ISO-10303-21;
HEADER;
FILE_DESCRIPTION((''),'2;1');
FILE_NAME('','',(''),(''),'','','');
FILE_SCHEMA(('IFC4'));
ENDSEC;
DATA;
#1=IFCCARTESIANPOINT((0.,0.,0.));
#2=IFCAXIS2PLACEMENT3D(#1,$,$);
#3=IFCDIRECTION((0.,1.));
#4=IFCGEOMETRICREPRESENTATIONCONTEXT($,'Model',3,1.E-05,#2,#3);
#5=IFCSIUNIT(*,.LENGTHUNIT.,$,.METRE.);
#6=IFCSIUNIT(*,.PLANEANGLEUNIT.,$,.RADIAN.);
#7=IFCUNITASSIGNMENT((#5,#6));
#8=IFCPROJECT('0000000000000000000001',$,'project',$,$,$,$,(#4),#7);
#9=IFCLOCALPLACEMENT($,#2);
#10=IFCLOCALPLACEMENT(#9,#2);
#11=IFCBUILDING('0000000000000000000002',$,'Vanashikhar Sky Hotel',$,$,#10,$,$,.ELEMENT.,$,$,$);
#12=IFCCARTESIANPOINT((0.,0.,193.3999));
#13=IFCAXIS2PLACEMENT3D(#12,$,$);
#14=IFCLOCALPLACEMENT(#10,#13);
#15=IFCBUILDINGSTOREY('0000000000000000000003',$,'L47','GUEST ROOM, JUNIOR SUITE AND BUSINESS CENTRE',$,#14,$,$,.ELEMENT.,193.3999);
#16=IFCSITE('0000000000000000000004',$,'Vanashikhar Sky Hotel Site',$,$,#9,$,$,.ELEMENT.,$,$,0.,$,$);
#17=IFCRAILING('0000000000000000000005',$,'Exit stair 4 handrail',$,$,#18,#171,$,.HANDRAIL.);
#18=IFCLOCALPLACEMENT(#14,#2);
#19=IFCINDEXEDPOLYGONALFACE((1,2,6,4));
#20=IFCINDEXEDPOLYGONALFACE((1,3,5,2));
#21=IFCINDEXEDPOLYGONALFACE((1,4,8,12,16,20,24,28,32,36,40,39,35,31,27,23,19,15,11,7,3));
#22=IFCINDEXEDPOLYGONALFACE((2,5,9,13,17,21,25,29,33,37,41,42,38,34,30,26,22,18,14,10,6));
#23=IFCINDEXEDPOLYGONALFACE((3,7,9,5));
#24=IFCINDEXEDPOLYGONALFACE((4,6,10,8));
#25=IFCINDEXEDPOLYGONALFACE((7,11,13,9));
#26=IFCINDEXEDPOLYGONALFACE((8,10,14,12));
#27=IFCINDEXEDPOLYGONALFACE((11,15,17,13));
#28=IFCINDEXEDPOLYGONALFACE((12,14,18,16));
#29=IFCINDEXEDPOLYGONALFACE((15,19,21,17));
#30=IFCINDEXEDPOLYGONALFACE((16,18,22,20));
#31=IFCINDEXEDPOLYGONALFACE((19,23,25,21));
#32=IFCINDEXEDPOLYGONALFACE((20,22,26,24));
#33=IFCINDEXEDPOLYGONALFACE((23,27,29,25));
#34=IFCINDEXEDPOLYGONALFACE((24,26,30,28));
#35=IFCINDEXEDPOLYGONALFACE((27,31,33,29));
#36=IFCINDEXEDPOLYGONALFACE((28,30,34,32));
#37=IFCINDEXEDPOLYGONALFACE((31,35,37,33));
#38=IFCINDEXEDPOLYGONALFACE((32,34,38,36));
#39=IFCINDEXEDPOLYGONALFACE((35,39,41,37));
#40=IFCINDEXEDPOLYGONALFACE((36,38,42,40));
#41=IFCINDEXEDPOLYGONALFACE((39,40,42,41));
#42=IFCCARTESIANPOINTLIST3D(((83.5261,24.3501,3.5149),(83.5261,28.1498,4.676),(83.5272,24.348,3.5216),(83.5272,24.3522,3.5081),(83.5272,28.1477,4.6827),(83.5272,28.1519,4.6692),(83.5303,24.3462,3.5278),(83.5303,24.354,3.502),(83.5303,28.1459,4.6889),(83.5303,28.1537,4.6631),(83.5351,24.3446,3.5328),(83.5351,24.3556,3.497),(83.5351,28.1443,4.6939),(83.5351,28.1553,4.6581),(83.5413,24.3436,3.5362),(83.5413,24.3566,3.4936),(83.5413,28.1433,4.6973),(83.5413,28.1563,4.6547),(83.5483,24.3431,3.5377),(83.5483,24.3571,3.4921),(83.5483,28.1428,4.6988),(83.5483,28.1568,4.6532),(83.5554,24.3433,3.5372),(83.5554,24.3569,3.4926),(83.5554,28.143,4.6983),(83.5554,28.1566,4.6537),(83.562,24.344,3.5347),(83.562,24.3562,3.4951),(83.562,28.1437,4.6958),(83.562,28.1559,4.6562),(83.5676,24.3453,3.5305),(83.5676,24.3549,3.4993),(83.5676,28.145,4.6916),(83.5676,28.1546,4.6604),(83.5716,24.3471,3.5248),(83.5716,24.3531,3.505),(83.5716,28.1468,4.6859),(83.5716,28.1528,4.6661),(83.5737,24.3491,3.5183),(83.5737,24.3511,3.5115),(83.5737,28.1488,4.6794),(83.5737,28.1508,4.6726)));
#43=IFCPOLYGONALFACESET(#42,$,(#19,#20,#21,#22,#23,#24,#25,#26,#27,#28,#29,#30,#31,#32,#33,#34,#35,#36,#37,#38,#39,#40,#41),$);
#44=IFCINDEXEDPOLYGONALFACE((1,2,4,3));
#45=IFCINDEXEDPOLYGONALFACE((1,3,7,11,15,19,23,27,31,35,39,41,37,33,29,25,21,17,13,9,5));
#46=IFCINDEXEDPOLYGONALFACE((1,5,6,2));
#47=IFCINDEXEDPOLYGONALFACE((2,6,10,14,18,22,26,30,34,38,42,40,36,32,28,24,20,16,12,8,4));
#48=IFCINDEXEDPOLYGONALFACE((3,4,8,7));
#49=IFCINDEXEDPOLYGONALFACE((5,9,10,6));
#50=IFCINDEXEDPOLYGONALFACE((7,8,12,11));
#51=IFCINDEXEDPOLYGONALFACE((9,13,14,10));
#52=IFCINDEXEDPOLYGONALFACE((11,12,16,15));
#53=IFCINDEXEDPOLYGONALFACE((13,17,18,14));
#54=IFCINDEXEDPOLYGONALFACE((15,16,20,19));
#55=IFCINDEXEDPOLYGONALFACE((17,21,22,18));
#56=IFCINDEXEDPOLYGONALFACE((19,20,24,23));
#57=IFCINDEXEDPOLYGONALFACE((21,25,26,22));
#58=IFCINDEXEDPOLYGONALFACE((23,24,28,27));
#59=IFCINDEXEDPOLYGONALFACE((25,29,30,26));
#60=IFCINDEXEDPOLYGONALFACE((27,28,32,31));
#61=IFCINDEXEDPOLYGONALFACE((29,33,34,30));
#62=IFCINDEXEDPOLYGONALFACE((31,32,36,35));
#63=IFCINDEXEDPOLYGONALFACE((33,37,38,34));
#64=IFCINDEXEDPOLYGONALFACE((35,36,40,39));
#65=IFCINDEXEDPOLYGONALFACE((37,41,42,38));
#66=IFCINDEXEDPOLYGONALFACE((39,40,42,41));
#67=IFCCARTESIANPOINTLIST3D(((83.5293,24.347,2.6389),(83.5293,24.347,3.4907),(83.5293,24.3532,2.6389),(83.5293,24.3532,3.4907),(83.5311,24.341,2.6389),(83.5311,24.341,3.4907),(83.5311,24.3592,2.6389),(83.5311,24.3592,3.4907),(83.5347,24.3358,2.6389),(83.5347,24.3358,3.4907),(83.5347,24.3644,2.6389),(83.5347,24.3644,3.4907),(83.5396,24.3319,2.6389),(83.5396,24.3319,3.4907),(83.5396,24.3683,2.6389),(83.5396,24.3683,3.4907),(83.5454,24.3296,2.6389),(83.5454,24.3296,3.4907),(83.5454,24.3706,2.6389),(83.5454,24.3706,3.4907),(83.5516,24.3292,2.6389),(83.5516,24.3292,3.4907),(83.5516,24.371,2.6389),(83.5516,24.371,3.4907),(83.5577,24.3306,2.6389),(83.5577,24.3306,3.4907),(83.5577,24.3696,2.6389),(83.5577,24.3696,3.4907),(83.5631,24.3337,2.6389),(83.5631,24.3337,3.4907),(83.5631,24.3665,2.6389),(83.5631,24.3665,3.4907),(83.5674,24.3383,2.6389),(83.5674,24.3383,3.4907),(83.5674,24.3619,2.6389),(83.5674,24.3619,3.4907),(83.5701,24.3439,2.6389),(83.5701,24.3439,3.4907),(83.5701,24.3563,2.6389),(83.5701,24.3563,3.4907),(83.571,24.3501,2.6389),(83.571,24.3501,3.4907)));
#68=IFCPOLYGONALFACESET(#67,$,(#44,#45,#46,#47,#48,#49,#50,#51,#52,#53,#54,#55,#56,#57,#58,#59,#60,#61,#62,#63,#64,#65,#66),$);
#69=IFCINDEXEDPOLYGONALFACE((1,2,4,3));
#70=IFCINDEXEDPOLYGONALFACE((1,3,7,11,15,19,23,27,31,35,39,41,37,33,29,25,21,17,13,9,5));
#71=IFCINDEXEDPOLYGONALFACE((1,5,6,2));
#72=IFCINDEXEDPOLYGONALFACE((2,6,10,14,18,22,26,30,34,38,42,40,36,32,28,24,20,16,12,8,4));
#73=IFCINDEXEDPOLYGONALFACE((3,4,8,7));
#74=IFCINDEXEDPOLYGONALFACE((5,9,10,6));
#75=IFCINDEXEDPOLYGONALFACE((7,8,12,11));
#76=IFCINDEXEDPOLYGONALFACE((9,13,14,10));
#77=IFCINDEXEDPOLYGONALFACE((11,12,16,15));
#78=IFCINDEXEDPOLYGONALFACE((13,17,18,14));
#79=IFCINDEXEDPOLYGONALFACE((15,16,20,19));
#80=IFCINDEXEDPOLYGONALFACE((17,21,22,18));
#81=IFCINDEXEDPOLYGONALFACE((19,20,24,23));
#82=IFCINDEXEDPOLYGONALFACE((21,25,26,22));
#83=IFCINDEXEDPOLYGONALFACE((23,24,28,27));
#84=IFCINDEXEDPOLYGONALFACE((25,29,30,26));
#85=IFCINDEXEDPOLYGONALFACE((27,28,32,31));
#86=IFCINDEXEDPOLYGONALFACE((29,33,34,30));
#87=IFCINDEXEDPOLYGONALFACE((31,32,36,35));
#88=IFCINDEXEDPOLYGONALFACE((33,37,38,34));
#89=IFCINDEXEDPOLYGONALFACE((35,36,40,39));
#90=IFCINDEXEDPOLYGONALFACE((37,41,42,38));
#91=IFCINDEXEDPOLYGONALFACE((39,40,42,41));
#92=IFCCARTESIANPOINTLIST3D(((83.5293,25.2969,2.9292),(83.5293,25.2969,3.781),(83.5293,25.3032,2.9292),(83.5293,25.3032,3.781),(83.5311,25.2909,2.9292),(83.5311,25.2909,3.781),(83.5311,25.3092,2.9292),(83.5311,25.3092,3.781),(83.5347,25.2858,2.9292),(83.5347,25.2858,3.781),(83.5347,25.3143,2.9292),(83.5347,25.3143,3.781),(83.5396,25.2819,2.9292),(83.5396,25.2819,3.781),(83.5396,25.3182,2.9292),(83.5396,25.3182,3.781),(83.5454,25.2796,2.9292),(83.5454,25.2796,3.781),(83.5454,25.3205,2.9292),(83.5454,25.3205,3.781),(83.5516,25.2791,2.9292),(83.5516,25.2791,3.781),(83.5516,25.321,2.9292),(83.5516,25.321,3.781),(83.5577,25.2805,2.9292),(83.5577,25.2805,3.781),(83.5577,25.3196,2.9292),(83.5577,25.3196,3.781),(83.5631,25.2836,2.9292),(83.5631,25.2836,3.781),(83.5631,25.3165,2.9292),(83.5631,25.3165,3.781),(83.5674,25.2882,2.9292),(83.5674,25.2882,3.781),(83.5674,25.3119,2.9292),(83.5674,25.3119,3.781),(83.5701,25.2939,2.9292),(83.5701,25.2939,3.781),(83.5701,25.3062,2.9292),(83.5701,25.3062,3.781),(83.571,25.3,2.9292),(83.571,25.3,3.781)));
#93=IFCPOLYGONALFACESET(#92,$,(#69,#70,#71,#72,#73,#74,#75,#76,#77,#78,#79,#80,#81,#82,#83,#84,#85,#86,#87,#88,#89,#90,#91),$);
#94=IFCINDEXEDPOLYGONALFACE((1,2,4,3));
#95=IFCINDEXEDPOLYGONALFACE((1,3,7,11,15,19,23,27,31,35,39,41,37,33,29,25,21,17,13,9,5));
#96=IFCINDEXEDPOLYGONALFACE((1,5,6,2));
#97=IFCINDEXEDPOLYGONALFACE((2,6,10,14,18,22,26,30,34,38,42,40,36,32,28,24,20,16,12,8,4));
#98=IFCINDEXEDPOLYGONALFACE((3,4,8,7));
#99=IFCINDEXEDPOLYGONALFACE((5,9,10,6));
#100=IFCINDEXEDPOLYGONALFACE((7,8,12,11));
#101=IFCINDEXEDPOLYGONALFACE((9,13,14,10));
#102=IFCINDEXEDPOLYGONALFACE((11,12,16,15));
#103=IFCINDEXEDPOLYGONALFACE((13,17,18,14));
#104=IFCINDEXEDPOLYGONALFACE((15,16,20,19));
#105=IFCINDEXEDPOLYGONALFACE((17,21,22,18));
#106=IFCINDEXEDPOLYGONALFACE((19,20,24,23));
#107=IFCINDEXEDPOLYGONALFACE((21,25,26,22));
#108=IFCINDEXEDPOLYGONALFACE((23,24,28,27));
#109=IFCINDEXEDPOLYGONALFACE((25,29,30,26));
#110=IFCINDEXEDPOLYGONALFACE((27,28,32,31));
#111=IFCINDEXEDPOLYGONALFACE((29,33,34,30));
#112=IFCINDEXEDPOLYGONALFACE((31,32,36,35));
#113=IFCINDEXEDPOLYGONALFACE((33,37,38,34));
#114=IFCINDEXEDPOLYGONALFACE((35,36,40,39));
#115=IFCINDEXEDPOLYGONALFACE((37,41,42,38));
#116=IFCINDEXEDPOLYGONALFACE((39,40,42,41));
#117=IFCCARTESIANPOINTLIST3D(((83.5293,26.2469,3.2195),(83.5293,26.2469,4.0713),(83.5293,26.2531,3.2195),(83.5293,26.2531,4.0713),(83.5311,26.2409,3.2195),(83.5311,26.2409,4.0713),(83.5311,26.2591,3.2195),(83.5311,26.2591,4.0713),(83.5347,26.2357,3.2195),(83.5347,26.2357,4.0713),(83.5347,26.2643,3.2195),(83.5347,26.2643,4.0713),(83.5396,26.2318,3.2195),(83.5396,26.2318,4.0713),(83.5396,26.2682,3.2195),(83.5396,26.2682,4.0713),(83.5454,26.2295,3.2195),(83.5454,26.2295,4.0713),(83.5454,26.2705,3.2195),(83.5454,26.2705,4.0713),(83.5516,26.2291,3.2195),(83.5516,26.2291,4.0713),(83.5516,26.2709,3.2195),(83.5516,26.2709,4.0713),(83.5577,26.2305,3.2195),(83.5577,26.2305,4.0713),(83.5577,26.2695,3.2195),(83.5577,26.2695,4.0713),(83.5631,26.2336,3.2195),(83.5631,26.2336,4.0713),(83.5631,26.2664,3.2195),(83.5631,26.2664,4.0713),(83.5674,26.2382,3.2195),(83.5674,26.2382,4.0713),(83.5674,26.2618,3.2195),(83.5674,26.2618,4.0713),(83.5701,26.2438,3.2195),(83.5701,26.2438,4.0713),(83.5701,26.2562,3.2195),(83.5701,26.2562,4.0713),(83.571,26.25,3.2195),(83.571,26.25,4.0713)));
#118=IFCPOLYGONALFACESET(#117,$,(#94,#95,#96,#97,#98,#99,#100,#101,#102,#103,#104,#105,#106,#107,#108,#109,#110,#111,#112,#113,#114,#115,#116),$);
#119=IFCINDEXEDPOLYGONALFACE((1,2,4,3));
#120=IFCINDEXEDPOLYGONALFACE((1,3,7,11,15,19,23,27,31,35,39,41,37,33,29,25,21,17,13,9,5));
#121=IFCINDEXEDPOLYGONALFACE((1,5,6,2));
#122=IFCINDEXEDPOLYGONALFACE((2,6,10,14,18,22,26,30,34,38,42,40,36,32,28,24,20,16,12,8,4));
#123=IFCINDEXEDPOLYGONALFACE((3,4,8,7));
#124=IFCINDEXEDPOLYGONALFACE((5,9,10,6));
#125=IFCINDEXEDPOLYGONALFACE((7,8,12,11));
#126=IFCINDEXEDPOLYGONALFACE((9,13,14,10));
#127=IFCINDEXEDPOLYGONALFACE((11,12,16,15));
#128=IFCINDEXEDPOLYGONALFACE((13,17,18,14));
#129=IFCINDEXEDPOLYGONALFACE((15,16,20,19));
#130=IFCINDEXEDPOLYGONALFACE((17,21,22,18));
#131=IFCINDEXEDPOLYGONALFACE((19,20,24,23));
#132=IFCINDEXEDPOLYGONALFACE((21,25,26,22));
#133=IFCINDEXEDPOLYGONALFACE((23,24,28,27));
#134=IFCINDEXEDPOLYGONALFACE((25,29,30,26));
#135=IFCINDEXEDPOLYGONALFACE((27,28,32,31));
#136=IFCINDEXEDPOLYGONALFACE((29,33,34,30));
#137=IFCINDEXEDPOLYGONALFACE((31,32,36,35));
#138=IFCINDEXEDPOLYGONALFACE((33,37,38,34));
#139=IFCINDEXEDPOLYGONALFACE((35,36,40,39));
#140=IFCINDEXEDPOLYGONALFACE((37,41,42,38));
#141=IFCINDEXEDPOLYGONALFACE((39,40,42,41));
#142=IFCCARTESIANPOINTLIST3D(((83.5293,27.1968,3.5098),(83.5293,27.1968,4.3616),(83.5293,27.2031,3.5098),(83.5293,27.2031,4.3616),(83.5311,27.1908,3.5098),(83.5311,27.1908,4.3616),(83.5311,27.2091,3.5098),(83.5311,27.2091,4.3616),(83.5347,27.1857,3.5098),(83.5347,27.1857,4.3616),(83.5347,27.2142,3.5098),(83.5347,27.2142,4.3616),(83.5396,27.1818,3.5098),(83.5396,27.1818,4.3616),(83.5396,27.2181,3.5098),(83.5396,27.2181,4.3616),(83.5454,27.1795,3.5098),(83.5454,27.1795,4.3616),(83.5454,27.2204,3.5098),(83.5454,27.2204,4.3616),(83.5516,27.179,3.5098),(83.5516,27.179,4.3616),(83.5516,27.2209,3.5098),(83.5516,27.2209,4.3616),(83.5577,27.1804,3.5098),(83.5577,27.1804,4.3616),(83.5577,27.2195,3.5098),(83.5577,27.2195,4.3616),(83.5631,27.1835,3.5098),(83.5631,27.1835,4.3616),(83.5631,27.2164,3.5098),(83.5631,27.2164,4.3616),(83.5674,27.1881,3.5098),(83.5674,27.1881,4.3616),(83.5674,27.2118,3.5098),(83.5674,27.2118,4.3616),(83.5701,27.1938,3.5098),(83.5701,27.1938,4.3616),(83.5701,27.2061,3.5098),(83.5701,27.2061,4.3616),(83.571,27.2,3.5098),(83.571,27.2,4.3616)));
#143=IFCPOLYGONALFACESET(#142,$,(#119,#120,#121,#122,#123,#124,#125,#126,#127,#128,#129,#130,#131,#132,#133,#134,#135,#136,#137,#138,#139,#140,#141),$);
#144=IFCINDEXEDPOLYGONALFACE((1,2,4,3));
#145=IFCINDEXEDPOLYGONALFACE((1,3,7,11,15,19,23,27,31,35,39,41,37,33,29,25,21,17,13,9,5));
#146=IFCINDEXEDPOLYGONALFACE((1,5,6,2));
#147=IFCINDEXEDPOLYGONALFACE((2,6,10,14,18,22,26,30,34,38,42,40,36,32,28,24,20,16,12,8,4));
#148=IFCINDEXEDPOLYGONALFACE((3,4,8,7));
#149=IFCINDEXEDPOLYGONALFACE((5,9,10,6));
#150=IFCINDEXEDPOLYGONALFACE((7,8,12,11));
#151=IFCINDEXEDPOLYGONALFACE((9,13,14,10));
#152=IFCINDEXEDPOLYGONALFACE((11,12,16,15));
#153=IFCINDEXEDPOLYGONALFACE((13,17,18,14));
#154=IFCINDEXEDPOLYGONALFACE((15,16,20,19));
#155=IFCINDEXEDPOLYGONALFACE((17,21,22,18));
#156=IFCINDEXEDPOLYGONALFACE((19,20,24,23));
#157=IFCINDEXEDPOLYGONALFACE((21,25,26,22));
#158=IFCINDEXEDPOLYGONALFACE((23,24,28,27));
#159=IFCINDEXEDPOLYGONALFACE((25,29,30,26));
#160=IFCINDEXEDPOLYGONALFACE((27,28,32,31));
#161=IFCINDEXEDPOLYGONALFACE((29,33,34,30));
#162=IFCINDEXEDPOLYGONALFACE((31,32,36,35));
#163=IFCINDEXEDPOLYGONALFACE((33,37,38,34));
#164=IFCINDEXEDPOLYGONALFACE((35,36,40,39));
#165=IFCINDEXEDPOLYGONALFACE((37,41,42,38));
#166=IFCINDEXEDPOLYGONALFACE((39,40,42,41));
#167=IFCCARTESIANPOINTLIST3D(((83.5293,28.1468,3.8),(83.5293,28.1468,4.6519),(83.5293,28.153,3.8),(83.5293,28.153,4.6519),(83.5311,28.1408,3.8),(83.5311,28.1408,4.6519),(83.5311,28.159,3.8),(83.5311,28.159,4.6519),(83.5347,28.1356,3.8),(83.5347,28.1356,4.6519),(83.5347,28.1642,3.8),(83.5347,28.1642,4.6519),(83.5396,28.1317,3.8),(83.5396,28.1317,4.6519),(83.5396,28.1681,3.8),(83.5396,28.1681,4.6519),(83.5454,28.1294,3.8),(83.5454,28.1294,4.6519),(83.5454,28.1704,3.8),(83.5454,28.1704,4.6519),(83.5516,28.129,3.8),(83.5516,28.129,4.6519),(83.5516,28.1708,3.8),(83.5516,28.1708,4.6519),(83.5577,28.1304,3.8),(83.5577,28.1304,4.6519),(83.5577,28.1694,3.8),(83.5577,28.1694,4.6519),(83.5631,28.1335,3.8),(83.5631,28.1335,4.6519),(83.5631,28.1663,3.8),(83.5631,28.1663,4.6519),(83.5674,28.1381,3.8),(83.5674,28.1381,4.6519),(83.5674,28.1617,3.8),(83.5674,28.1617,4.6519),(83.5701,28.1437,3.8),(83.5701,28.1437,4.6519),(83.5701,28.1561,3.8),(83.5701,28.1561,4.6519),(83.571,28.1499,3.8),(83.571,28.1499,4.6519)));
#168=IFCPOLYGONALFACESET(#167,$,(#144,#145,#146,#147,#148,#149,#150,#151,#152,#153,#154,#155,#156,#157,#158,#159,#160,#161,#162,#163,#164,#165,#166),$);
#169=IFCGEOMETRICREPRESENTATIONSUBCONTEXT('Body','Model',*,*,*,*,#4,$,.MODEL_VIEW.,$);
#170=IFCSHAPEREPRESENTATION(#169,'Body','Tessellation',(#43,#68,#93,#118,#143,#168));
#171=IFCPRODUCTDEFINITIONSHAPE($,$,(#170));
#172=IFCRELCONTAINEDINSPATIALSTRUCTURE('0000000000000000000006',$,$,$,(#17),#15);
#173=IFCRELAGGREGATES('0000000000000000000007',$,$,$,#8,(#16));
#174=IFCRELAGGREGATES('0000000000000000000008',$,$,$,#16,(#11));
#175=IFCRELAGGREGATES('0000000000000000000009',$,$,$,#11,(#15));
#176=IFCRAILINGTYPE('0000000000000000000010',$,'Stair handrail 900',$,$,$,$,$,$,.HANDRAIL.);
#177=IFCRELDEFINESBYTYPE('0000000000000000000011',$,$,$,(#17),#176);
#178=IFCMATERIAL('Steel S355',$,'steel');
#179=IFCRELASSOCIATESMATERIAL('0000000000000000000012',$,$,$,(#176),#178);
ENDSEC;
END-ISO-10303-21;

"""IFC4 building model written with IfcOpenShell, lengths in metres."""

from ifc_helpers import new_model, si_unit, direction, frame, origin, origin_2d, place, context, subcontext, project, spatial, circle, extrude, source, transform, mapped, material, type_object, element, save


model = new_model("IFC4")

# Units and contexts
model_context = context("Model", 3, precision=1e-05, world=origin(), true_north=direction((0.0, 1.0)))
body_context = subcontext(model_context, "Body", "Model", "MODEL_VIEW")
ifc_project = project(units=[si_unit("LENGTHUNIT", "METRE"), si_unit("PLANEANGLEUNIT", "RADIAN")], contexts=[model_context])

# Site, building, storey
site_placement = place(None, origin())
site = spatial("IfcSite", under=ifc_project, at=site_placement, Name="Vanashikhar Sky Hotel Site", CompositionType="ELEMENT", RefElevation=0.0)
building_placement = place(site_placement, origin())
building = spatial("IfcBuilding", under=site, at=building_placement, Name="Vanashikhar Sky Hotel", CompositionType="ELEMENT")
storey_placement = place(building_placement, frame((0.0, 0.0, 193.3999)))
storey = spatial("IfcBuildingStorey", under=building, at=storey_placement, Name="L47", Description="GUEST ROOM, JUNIOR SUITE AND BUSINESS CENTRE", CompositionType="ELEMENT", Elevation=193.3999)

# Railing
ifc_material_1 = material(Name="Steel S355", Category="steel")
railing_type_1 = type_object("IfcRailingType", Name="Stair handrail 900", PredefinedType="HANDRAIL", material=ifc_material_1)
shared_shape_1 = source(origin(), body_context, "Body", "SweptSolid", [
    extrude(circle(Radius=0.0239, at=origin_2d()), frame((0.0, 0.0, 0.876), z_axis=(0.0, 0.956346, 0.292237), x_axis=(-1.0, 0.0, 0.0)), (0.0, 0.0, 1.0), 3.9731),
    extrude(circle(Radius=0.021, at=origin_2d()), origin(), (0.0, 0.0, 1.0), 0.8518),
    extrude(circle(Radius=0.021, at=origin_2d()), frame((0.0, 0.95, 0.2903)), (0.0, 0.0, 1.0), 0.8518),
    extrude(circle(Radius=0.021, at=origin_2d()), frame((0.0, 1.8999, 0.5806)), (0.0, 0.0, 1.0), 0.8518),
    extrude(circle(Radius=0.021, at=origin_2d()), frame((0.0, 2.8499, 0.8708)), (0.0, 0.0, 1.0), 0.8518),
    extrude(circle(Radius=0.021, at=origin_2d()), frame((0.0, 3.7998, 1.1611)), (0.0, 0.0, 1.0), 0.8518),
])
for number, where, name in (
    (1, (83.55, 24.3501, 2.6389), "Exit stair 4 handrail"),
):
    element("IfcRailing", number, at=place(storey_placement, frame(where)), inside=storey, type_object=railing_type_1, Name=name, PredefinedType="HANDRAIL", context=body_context, shape_type="MappedRepresentation", body=[
        mapped(shared_shape_1, transform((0.0, 0.0, 0.0), scale=1.0)),
    ])

save(model, "model.ifc")
